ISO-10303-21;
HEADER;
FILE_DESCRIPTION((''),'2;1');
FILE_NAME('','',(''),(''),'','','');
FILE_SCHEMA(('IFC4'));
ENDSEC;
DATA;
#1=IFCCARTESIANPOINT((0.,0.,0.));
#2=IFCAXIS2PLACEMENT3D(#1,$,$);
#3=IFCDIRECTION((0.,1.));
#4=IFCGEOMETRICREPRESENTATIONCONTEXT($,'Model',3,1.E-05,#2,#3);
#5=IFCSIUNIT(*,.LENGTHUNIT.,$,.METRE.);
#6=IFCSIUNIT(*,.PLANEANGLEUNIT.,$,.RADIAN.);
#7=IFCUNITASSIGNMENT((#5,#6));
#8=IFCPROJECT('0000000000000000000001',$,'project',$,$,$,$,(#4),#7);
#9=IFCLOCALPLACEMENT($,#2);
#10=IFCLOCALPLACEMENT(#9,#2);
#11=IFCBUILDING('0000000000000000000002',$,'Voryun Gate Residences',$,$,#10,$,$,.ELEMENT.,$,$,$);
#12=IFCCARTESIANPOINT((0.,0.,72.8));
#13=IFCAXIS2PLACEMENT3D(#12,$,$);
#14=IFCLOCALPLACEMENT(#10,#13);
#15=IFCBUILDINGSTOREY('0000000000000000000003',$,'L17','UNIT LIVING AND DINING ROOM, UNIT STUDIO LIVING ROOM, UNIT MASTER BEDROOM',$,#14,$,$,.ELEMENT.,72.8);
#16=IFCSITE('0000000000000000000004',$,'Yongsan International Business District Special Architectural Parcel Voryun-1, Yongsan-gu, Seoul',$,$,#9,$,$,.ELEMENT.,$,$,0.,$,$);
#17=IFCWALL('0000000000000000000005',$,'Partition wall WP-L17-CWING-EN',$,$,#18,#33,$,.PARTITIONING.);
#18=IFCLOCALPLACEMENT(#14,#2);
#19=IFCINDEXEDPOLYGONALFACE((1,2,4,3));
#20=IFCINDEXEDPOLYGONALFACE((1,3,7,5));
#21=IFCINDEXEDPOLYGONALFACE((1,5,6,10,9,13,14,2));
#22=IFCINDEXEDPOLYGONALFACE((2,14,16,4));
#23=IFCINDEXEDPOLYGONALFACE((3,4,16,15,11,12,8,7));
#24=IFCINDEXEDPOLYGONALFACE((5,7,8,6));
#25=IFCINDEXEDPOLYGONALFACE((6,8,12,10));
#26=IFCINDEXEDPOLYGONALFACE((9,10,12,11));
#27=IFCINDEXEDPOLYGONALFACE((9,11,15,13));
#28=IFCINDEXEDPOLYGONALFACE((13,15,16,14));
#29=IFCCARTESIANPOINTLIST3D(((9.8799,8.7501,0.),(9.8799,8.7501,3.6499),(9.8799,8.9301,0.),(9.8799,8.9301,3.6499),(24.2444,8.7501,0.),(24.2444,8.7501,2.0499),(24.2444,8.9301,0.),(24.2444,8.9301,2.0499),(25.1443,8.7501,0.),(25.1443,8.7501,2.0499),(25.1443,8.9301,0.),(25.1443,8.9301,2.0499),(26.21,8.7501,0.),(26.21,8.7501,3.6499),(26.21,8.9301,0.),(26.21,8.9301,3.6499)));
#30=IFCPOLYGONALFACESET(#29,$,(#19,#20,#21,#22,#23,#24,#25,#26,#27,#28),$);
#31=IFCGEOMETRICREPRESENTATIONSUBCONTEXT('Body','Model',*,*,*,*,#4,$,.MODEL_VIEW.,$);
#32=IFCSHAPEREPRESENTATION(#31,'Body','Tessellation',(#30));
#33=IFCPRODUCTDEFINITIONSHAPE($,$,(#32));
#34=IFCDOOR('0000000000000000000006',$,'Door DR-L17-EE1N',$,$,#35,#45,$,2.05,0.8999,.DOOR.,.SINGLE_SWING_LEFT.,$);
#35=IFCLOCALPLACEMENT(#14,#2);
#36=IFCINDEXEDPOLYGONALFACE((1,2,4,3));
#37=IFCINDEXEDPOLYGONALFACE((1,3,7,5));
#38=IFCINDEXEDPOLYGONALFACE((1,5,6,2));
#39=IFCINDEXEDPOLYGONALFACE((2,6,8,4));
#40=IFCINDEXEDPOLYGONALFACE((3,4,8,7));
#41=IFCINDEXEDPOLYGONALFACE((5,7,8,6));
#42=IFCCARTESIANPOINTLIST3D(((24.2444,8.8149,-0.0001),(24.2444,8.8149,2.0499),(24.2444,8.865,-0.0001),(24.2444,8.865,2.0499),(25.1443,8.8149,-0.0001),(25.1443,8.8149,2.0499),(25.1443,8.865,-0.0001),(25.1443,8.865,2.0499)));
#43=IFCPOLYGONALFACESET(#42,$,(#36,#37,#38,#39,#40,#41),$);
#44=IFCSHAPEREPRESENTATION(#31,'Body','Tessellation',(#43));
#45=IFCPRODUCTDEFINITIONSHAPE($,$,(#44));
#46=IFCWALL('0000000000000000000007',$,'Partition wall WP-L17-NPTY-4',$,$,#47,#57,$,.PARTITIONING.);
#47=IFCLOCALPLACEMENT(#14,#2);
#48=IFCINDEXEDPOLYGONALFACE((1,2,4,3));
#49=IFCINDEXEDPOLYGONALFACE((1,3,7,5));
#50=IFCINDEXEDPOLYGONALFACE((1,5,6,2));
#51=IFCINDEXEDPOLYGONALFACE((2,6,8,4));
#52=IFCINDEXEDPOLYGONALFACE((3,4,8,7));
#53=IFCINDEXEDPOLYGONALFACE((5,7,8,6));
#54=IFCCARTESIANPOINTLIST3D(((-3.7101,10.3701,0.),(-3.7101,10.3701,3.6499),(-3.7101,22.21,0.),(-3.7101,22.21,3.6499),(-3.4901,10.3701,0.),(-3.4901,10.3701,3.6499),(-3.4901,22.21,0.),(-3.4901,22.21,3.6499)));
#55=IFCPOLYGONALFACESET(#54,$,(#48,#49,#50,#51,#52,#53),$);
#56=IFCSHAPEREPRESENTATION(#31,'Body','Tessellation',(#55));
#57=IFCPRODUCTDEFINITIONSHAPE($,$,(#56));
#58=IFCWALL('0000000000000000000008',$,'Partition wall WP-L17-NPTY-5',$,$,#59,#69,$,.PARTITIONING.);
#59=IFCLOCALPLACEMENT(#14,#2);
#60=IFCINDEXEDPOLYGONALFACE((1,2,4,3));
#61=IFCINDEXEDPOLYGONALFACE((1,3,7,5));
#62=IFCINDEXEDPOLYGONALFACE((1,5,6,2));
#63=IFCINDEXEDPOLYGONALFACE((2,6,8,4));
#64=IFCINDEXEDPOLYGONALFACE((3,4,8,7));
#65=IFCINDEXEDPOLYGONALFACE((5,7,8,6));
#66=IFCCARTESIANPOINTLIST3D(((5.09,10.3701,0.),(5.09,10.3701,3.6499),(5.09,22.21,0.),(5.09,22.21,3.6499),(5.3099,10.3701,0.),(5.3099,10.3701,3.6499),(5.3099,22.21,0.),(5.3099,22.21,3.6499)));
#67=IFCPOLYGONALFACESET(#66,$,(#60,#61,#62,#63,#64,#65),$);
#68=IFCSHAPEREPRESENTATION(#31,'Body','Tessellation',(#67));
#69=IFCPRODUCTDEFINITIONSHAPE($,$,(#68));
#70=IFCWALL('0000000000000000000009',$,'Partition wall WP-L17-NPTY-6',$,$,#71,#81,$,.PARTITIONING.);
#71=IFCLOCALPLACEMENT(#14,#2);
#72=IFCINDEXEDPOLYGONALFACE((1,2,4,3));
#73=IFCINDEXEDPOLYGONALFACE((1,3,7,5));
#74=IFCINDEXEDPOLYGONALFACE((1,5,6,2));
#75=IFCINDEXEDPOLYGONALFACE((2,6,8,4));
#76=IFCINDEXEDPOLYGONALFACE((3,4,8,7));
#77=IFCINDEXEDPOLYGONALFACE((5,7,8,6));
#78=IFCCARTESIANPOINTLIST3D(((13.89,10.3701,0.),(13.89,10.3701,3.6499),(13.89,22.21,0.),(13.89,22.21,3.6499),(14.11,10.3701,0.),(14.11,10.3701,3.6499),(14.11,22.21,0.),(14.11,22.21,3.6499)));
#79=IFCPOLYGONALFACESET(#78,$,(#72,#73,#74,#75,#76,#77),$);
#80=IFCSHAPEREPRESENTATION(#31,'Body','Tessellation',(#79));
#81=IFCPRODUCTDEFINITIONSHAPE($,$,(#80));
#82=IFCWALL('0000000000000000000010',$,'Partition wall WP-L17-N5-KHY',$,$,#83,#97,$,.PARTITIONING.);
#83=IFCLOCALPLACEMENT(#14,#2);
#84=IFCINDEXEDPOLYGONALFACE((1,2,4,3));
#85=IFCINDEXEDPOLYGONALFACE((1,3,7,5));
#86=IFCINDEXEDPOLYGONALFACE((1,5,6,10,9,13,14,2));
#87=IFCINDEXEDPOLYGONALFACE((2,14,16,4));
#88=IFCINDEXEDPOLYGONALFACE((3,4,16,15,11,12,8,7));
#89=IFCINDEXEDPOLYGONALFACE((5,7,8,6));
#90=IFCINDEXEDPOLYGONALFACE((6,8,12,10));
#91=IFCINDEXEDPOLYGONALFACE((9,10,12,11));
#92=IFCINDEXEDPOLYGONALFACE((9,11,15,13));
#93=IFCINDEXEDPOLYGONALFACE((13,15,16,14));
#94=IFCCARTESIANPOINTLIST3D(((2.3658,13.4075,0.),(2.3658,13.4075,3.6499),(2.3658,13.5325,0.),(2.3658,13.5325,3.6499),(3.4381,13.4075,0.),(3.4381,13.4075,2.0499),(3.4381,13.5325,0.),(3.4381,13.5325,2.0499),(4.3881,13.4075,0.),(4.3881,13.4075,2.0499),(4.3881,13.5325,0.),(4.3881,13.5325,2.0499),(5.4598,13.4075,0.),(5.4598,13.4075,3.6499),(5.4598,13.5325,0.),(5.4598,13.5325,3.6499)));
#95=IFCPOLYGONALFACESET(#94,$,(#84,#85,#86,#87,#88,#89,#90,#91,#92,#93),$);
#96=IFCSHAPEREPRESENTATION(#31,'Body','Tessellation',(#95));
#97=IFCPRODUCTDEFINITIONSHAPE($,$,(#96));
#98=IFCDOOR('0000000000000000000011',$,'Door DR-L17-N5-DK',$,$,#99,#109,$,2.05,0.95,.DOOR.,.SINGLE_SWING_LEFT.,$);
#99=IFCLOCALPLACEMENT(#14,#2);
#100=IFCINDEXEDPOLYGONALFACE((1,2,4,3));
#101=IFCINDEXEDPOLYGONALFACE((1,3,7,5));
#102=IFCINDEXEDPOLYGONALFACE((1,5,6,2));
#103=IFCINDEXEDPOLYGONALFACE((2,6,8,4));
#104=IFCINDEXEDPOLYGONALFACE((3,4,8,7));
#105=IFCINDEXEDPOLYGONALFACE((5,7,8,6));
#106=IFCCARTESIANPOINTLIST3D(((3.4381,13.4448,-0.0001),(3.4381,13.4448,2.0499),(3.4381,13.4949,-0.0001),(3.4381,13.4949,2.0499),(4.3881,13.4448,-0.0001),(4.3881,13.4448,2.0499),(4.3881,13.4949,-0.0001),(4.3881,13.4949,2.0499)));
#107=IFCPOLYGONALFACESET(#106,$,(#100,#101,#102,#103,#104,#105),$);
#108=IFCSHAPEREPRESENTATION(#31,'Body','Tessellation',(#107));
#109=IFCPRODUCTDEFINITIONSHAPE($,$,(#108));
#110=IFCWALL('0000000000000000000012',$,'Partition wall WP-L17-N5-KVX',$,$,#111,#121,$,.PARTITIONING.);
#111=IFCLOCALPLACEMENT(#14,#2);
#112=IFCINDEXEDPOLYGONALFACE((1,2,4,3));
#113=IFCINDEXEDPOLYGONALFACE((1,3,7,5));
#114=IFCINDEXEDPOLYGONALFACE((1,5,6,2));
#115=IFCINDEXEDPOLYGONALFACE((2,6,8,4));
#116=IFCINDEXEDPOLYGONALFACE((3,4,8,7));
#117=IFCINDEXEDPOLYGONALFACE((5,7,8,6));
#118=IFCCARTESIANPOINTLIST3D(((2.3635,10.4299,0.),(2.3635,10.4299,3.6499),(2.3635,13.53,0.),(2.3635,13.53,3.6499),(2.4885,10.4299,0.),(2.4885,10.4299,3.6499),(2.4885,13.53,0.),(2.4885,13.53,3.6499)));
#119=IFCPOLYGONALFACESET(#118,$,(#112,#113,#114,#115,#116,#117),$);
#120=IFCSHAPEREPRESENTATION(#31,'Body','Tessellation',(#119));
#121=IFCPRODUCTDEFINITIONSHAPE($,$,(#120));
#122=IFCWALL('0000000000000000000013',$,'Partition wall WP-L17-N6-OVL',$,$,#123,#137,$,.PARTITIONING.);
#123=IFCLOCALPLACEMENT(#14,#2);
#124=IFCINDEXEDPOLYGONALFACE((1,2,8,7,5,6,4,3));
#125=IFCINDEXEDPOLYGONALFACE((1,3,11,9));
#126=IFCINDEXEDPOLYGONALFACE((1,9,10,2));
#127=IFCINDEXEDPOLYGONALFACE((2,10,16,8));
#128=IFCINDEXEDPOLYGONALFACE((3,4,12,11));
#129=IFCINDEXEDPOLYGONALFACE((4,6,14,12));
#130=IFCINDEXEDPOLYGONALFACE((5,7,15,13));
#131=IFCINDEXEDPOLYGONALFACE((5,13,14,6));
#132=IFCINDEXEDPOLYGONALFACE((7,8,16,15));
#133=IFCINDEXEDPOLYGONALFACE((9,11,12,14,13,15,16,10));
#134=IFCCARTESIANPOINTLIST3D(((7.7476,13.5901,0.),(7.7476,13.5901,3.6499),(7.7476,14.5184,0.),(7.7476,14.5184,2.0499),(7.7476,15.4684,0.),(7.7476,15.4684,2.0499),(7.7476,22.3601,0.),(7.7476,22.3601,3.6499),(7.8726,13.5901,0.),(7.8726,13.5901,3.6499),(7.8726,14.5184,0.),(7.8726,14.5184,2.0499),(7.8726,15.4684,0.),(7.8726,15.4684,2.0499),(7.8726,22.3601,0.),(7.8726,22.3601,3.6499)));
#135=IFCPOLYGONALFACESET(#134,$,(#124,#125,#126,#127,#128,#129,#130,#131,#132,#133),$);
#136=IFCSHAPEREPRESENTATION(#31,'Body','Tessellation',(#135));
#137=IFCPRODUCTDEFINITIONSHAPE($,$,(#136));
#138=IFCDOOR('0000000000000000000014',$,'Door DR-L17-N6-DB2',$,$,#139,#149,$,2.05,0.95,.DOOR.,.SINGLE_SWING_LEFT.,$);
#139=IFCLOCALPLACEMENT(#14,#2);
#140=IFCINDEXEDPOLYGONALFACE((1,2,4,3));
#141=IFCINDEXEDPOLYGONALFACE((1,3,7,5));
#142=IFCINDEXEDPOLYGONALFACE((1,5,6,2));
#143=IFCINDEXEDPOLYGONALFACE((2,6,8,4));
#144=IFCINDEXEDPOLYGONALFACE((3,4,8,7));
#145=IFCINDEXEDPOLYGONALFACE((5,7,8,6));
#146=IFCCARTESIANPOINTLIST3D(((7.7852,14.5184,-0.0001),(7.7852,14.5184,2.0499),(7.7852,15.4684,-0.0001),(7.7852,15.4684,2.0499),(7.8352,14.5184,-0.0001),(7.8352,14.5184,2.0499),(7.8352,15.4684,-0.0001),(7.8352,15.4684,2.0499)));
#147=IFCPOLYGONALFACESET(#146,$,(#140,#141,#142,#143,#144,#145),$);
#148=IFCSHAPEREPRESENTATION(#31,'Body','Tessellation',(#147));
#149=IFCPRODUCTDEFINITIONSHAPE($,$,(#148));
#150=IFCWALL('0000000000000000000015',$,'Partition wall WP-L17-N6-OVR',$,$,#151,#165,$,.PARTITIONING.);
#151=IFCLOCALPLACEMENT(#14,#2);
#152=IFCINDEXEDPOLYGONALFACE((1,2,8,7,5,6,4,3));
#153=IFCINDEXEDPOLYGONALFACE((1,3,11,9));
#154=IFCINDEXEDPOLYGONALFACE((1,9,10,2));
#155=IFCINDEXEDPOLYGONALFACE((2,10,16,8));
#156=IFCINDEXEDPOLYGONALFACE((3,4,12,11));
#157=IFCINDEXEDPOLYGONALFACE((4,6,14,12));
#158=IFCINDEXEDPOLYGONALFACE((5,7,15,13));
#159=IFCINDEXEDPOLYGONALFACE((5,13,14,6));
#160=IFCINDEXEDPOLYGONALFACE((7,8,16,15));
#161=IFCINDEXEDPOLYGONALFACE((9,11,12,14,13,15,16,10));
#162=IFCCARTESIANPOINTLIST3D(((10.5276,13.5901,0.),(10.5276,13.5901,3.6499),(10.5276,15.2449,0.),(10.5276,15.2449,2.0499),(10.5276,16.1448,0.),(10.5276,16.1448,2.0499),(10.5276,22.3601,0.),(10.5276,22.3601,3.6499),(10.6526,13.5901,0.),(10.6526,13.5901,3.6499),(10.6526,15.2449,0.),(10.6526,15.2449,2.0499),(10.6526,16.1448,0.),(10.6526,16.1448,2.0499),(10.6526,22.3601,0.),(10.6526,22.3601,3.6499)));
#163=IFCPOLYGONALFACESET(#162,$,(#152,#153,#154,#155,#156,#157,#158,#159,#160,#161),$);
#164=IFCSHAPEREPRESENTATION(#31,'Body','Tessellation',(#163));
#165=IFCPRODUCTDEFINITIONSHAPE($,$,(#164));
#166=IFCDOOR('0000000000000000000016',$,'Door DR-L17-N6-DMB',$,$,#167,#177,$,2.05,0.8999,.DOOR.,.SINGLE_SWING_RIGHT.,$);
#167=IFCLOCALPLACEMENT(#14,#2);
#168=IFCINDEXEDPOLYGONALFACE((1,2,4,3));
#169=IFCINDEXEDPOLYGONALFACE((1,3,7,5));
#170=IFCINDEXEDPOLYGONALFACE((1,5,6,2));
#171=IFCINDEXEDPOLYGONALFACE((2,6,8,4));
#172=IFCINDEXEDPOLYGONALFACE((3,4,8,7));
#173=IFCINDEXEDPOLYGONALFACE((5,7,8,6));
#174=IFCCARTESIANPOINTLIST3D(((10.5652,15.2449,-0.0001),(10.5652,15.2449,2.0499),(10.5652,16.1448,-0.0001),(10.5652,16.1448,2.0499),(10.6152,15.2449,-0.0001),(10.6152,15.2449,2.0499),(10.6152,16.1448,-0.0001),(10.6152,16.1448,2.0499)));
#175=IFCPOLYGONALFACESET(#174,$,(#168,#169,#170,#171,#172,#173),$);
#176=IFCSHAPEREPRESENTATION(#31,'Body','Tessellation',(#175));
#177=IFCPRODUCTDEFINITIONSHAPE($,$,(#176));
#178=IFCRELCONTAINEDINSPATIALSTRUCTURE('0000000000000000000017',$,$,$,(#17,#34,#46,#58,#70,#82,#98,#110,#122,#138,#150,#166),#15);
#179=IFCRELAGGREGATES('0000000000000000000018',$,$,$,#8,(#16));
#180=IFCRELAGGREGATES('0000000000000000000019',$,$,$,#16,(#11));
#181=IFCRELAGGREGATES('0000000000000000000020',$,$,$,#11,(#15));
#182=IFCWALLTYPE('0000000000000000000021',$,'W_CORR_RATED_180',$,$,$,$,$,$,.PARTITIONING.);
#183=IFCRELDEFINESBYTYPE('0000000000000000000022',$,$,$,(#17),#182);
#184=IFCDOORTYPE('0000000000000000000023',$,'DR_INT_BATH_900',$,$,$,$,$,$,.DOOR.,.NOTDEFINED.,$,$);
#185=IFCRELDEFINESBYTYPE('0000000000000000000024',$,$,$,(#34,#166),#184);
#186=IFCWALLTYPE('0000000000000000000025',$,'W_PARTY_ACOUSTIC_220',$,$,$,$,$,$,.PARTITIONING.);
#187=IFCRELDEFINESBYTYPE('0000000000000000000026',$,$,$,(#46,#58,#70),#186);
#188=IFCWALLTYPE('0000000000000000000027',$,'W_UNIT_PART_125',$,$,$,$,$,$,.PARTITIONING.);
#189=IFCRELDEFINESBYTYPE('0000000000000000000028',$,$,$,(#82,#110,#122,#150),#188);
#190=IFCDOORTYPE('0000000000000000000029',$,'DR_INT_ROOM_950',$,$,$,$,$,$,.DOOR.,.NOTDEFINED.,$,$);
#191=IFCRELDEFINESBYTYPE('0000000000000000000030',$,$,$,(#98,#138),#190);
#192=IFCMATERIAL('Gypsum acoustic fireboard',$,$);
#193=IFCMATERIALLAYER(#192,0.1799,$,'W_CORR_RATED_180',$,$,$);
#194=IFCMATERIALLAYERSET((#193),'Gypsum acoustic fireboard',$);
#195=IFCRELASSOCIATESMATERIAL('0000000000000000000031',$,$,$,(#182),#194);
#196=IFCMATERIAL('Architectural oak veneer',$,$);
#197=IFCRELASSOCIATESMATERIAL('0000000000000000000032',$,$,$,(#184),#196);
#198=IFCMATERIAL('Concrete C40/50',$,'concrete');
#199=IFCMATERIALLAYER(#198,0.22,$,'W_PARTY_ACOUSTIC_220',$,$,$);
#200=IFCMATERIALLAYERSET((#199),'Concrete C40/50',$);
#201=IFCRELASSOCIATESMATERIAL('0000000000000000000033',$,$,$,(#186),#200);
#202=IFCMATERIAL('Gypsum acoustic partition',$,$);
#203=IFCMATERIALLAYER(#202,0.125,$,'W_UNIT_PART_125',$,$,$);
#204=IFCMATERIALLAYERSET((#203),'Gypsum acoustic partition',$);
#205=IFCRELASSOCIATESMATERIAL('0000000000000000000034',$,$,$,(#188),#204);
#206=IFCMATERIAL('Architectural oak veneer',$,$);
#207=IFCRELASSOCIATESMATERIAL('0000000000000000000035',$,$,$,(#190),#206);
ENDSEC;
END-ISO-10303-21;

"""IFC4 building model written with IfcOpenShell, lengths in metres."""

from ifc_helpers import new_model, si_unit, direction, frame, frame_2d, origin, place, context, subcontext, project, spatial, rectangle, extrude, material, layer, layer_set, type_object, element, fill, save


model = new_model("IFC4")

# Units and contexts
model_context = context("Model", 3, precision=1e-05, world=origin(), true_north=direction((0.0, 1.0)))
body_context = subcontext(model_context, "Body", "Model", "MODEL_VIEW")
ifc_project = project(units=[si_unit("LENGTHUNIT", "METRE"), si_unit("PLANEANGLEUNIT", "RADIAN")], contexts=[model_context])

# Site, building, storey
site_placement = place(None, origin())
site = spatial("IfcSite", under=ifc_project, at=site_placement, Name="Yongsan International Business District Special Architectural Parcel Voryun-1, Yongsan-gu, Seoul", CompositionType="ELEMENT", RefElevation=0.0)
building_placement = place(site_placement, origin())
building = spatial("IfcBuilding", under=site, at=building_placement, Name="Voryun Gate Residences", CompositionType="ELEMENT")
storey_placement = place(building_placement, frame((0.0, 0.0, 72.8)))
storey = spatial("IfcBuildingStorey", under=building, at=storey_placement, Name="L17", Description="UNIT LIVING AND DINING ROOM, UNIT STUDIO LIVING ROOM, UNIT MASTER BEDROOM", CompositionType="ELEMENT", Elevation=72.8)

# Wall, opening, door
ifc_material_1 = material(Name="Gypsum acoustic fireboard")
ifc_layer_1 = layer(ifc_material_1, 0.1799, Name="W_CORR_RATED_180")
ifc_layer_set_1 = layer_set([ifc_layer_1], Name="Gypsum acoustic fireboard")
wall_type_1 = type_object("IfcWallType", Name="W_CORR_RATED_180", PredefinedType="PARTITIONING", material=ifc_layer_set_1)
wall_1_placement = place(storey_placement, frame((9.8799, 8.8401, 0.0), z_axis=(0.0, 0.0, 1.0), x_axis=(1.0, 0.0, 0.0)))
wall_1 = element("IfcWall", 1, at=wall_1_placement, inside=storey, type_object=wall_type_1, Name="Partition wall WP-L17-CWING-EN", PredefinedType="PARTITIONING", context=body_context, shape_type="SweptSolid", body=[
    extrude(rectangle(XDim=16.3301, YDim=0.1799, at=frame_2d((8.165, 0.0))), origin(), (0.0, 0.0, 1.0), 3.6499),
])
opening_1_placement = place(wall_1_placement, frame((14.3645, 0.0, 0.0)))
opening_1 = element("IfcOpeningElement", 2, at=opening_1_placement, cuts=wall_1, PredefinedType="OPENING", context=body_context, shape_type="SweptSolid", body=[
    extrude(rectangle(XDim=0.8999, YDim=2.05, at=frame_2d((0.45, 1.0249))), frame((0.0, 0.0999, 0.0), z_axis=(0.0, -1.0, 0.0), x_axis=(1.0, 0.0, 0.0)), (0.0, 0.0, 1.0), 0.2),
])
ifc_material_2 = material(Name="Architectural oak veneer")
door_type_1 = type_object("IfcDoorType", Name="DR_INT_BATH_900", OperationType="NOTDEFINED", PredefinedType="DOOR", material=ifc_material_2)
door_1_placement = place(opening_1_placement, origin())
door_1 = element("IfcDoor", 3, at=door_1_placement, inside=storey, type_object=door_type_1, Name="Door DR-L17-EE1N", OperationType="SINGLE_SWING_LEFT", OverallHeight=2.05, OverallWidth=0.8999, PredefinedType="DOOR", context=body_context, shape_type="SweptSolid", body=[
    extrude(rectangle(XDim=0.8999, YDim=2.05, at=frame_2d((0.45, 1.0249))), frame((0.0, 0.0249, 0.0), z_axis=(0.0, -1.0, 0.0), x_axis=(1.0, 0.0, 0.0)), (0.0, 0.0, 1.0), 0.05),
])
fill(opening_1, door_1)

# Walls
ifc_material_3 = material(Name="Concrete C40/50", Category="concrete")
ifc_layer_2 = layer(ifc_material_3, 0.22, Name="W_PARTY_ACOUSTIC_220")
ifc_layer_set_2 = layer_set([ifc_layer_2], Name="Concrete C40/50")
wall_type_2 = type_object("IfcWallType", Name="W_PARTY_ACOUSTIC_220", PredefinedType="PARTITIONING", material=ifc_layer_set_2)
for number, where, z_axis, x_axis, name in (
    (4, (-3.6001, 10.3701, 0.0), (0.0, 0.0, 1.0), (0.0, 1.0, 0.0), "Partition wall WP-L17-NPTY-4"),
    (5, (5.2, 10.3701, 0.0), (0.0, 0.0, 1.0), (0.0, 1.0, 0.0), "Partition wall WP-L17-NPTY-5"),
    (6, (14.0, 10.3701, 0.0), (0.0, 0.0, 1.0), (0.0, 1.0, 0.0), "Partition wall WP-L17-NPTY-6"),
):
    element("IfcWall", number, at=place(storey_placement, frame(where, z_axis=z_axis, x_axis=x_axis)), inside=storey, type_object=wall_type_2, Name=name, PredefinedType="PARTITIONING", context=body_context, shape_type="SweptSolid", body=[
        extrude(rectangle(XDim=11.8398, YDim=0.22, at=frame_2d((5.9199, 0.0))), origin(), (0.0, 0.0, 1.0), 3.6499),
    ])

# Wall, opening, door
ifc_material_4 = material(Name="Gypsum acoustic partition")
ifc_layer_3 = layer(ifc_material_4, 0.125, Name="W_UNIT_PART_125")
ifc_layer_set_3 = layer_set([ifc_layer_3], Name="Gypsum acoustic partition")
wall_type_3 = type_object("IfcWallType", Name="W_UNIT_PART_125", PredefinedType="PARTITIONING", material=ifc_layer_set_3)
wall_2_placement = place(storey_placement, frame((2.366, 13.47, 0.0), z_axis=(0.0, 0.0, 1.0), x_axis=(1.0, 0.0, 0.0)))
wall_2 = element("IfcWall", 7, at=wall_2_placement, inside=storey, type_object=wall_type_3, Name="Partition wall WP-L17-N5-KHY", PredefinedType="PARTITIONING", context=body_context, shape_type="SweptSolid", body=[
    extrude(rectangle(XDim=3.094, YDim=0.125, at=frame_2d((1.5469, 0.0))), origin(), (0.0, 0.0, 1.0), 3.6499),
])
opening_2_placement = place(wall_2_placement, frame((1.072, 0.0, 0.0)))
opening_2 = element("IfcOpeningElement", 8, at=opening_2_placement, cuts=wall_2, PredefinedType="OPENING", context=body_context, shape_type="SweptSolid", body=[
    extrude(rectangle(XDim=0.95, YDim=2.05, at=frame_2d((0.4751, 1.0249))), frame((0.0, 0.0725, 0.0), z_axis=(0.0, -1.0, 0.0), x_axis=(1.0, 0.0, 0.0)), (0.0, 0.0, 1.0), 0.145),
])
ifc_material_5 = material(Name="Architectural oak veneer")
door_type_2 = type_object("IfcDoorType", Name="DR_INT_ROOM_950", OperationType="NOTDEFINED", PredefinedType="DOOR", material=ifc_material_5)
door_2_placement = place(opening_2_placement, origin())
door_2 = element("IfcDoor", 9, at=door_2_placement, inside=storey, type_object=door_type_2, Name="Door DR-L17-N5-DK", OperationType="SINGLE_SWING_LEFT", OverallHeight=2.05, OverallWidth=0.95, PredefinedType="DOOR", context=body_context, shape_type="SweptSolid", body=[
    extrude(rectangle(XDim=0.95, YDim=2.05, at=frame_2d((0.4751, 1.0249))), frame((0.0, 0.0249, 0.0), z_axis=(0.0, -1.0, 0.0), x_axis=(1.0, 0.0, 0.0)), (0.0, 0.0, 1.0), 0.05),
])
fill(opening_2, door_2)

# Wall
wall_3_placement = place(storey_placement, frame((2.426, 10.4299, 0.0), z_axis=(0.0, 0.0, 1.0), x_axis=(0.0, 1.0, 0.0)))
element("IfcWall", 10, at=wall_3_placement, inside=storey, type_object=wall_type_3, Name="Partition wall WP-L17-N5-KVX", PredefinedType="PARTITIONING", context=body_context, shape_type="SweptSolid", body=[
    extrude(rectangle(XDim=3.1001, YDim=0.125, at=frame_2d((1.55, 0.0))), origin(), (0.0, 0.0, 1.0), 3.6499),
])

# Walls, openings, doors
wall_4_placement = place(storey_placement, frame((7.8101, 13.5901, 0.0), z_axis=(0.0, 0.0, 1.0), x_axis=(0.0, 1.0, 0.0)))
wall_4 = element("IfcWall", 11, at=wall_4_placement, inside=storey, type_object=wall_type_3, Name="Partition wall WP-L17-N6-OVL", PredefinedType="PARTITIONING", context=body_context, shape_type="SweptSolid", body=[
    extrude(rectangle(XDim=8.77, YDim=0.125, at=frame_2d((4.385, 0.0))), origin(), (0.0, 0.0, 1.0), 3.6499),
])
opening_3_placement = place(wall_4_placement, frame((0.9282, 0.0, 0.0)))
opening_3 = element("IfcOpeningElement", 12, at=opening_3_placement, cuts=wall_4, PredefinedType="OPENING", context=body_context, shape_type="SweptSolid", body=[
    extrude(rectangle(XDim=0.95, YDim=2.05, at=frame_2d((0.4751, 1.0249))), frame((0.0, 0.0725, 0.0), z_axis=(0.0, -1.0, 0.0), x_axis=(1.0, 0.0, 0.0)), (0.0, 0.0, 1.0), 0.145),
])
door_3_placement = place(opening_3_placement, origin())
door_3 = element("IfcDoor", 13, at=door_3_placement, inside=storey, type_object=door_type_2, Name="Door DR-L17-N6-DB2", OperationType="SINGLE_SWING_LEFT", OverallHeight=2.05, OverallWidth=0.95, PredefinedType="DOOR", context=body_context, shape_type="SweptSolid", body=[
    extrude(rectangle(XDim=0.95, YDim=2.05, at=frame_2d((0.4751, 1.0249))), frame((0.0, 0.0249, 0.0), z_axis=(0.0, -1.0, 0.0), x_axis=(1.0, 0.0, 0.0)), (0.0, 0.0, 1.0), 0.05),
])
fill(opening_3, door_3)
wall_5_placement = place(storey_placement, frame((10.5901, 13.5901, 0.0), z_axis=(0.0, 0.0, 1.0), x_axis=(0.0, 1.0, 0.0)))
wall_5 = element("IfcWall", 14, at=wall_5_placement, inside=storey, type_object=wall_type_3, Name="Partition wall WP-L17-N6-OVR", PredefinedType="PARTITIONING", context=body_context, shape_type="SweptSolid", body=[
    extrude(rectangle(XDim=8.77, YDim=0.125, at=frame_2d((4.385, 0.0))), origin(), (0.0, 0.0, 1.0), 3.6499),
])
opening_4_placement = place(wall_5_placement, frame((1.6548, 0.0, 0.0)))
opening_4 = element("IfcOpeningElement", 15, at=opening_4_placement, cuts=wall_5, PredefinedType="OPENING", context=body_context, shape_type="SweptSolid", body=[
    extrude(rectangle(XDim=0.8999, YDim=2.05, at=frame_2d((0.45, 1.0249))), frame((0.0, 0.0725, 0.0), z_axis=(0.0, -1.0, 0.0), x_axis=(1.0, 0.0, 0.0)), (0.0, 0.0, 1.0), 0.145),
])
door_4_placement = place(opening_4_placement, origin())
door_4 = element("IfcDoor", 16, at=door_4_placement, inside=storey, type_object=door_type_1, Name="Door DR-L17-N6-DMB", OperationType="SINGLE_SWING_RIGHT", OverallHeight=2.05, OverallWidth=0.8999, PredefinedType="DOOR", context=body_context, shape_type="SweptSolid", body=[
    extrude(rectangle(XDim=0.8999, YDim=2.05, at=frame_2d((0.45, 1.0249))), frame((0.0, 0.0249, 0.0), z_axis=(0.0, -1.0, 0.0), x_axis=(1.0, 0.0, 0.0)), (0.0, 0.0, 1.0), 0.05),
])
fill(opening_4, door_4)

save(model, "model.ifc")
